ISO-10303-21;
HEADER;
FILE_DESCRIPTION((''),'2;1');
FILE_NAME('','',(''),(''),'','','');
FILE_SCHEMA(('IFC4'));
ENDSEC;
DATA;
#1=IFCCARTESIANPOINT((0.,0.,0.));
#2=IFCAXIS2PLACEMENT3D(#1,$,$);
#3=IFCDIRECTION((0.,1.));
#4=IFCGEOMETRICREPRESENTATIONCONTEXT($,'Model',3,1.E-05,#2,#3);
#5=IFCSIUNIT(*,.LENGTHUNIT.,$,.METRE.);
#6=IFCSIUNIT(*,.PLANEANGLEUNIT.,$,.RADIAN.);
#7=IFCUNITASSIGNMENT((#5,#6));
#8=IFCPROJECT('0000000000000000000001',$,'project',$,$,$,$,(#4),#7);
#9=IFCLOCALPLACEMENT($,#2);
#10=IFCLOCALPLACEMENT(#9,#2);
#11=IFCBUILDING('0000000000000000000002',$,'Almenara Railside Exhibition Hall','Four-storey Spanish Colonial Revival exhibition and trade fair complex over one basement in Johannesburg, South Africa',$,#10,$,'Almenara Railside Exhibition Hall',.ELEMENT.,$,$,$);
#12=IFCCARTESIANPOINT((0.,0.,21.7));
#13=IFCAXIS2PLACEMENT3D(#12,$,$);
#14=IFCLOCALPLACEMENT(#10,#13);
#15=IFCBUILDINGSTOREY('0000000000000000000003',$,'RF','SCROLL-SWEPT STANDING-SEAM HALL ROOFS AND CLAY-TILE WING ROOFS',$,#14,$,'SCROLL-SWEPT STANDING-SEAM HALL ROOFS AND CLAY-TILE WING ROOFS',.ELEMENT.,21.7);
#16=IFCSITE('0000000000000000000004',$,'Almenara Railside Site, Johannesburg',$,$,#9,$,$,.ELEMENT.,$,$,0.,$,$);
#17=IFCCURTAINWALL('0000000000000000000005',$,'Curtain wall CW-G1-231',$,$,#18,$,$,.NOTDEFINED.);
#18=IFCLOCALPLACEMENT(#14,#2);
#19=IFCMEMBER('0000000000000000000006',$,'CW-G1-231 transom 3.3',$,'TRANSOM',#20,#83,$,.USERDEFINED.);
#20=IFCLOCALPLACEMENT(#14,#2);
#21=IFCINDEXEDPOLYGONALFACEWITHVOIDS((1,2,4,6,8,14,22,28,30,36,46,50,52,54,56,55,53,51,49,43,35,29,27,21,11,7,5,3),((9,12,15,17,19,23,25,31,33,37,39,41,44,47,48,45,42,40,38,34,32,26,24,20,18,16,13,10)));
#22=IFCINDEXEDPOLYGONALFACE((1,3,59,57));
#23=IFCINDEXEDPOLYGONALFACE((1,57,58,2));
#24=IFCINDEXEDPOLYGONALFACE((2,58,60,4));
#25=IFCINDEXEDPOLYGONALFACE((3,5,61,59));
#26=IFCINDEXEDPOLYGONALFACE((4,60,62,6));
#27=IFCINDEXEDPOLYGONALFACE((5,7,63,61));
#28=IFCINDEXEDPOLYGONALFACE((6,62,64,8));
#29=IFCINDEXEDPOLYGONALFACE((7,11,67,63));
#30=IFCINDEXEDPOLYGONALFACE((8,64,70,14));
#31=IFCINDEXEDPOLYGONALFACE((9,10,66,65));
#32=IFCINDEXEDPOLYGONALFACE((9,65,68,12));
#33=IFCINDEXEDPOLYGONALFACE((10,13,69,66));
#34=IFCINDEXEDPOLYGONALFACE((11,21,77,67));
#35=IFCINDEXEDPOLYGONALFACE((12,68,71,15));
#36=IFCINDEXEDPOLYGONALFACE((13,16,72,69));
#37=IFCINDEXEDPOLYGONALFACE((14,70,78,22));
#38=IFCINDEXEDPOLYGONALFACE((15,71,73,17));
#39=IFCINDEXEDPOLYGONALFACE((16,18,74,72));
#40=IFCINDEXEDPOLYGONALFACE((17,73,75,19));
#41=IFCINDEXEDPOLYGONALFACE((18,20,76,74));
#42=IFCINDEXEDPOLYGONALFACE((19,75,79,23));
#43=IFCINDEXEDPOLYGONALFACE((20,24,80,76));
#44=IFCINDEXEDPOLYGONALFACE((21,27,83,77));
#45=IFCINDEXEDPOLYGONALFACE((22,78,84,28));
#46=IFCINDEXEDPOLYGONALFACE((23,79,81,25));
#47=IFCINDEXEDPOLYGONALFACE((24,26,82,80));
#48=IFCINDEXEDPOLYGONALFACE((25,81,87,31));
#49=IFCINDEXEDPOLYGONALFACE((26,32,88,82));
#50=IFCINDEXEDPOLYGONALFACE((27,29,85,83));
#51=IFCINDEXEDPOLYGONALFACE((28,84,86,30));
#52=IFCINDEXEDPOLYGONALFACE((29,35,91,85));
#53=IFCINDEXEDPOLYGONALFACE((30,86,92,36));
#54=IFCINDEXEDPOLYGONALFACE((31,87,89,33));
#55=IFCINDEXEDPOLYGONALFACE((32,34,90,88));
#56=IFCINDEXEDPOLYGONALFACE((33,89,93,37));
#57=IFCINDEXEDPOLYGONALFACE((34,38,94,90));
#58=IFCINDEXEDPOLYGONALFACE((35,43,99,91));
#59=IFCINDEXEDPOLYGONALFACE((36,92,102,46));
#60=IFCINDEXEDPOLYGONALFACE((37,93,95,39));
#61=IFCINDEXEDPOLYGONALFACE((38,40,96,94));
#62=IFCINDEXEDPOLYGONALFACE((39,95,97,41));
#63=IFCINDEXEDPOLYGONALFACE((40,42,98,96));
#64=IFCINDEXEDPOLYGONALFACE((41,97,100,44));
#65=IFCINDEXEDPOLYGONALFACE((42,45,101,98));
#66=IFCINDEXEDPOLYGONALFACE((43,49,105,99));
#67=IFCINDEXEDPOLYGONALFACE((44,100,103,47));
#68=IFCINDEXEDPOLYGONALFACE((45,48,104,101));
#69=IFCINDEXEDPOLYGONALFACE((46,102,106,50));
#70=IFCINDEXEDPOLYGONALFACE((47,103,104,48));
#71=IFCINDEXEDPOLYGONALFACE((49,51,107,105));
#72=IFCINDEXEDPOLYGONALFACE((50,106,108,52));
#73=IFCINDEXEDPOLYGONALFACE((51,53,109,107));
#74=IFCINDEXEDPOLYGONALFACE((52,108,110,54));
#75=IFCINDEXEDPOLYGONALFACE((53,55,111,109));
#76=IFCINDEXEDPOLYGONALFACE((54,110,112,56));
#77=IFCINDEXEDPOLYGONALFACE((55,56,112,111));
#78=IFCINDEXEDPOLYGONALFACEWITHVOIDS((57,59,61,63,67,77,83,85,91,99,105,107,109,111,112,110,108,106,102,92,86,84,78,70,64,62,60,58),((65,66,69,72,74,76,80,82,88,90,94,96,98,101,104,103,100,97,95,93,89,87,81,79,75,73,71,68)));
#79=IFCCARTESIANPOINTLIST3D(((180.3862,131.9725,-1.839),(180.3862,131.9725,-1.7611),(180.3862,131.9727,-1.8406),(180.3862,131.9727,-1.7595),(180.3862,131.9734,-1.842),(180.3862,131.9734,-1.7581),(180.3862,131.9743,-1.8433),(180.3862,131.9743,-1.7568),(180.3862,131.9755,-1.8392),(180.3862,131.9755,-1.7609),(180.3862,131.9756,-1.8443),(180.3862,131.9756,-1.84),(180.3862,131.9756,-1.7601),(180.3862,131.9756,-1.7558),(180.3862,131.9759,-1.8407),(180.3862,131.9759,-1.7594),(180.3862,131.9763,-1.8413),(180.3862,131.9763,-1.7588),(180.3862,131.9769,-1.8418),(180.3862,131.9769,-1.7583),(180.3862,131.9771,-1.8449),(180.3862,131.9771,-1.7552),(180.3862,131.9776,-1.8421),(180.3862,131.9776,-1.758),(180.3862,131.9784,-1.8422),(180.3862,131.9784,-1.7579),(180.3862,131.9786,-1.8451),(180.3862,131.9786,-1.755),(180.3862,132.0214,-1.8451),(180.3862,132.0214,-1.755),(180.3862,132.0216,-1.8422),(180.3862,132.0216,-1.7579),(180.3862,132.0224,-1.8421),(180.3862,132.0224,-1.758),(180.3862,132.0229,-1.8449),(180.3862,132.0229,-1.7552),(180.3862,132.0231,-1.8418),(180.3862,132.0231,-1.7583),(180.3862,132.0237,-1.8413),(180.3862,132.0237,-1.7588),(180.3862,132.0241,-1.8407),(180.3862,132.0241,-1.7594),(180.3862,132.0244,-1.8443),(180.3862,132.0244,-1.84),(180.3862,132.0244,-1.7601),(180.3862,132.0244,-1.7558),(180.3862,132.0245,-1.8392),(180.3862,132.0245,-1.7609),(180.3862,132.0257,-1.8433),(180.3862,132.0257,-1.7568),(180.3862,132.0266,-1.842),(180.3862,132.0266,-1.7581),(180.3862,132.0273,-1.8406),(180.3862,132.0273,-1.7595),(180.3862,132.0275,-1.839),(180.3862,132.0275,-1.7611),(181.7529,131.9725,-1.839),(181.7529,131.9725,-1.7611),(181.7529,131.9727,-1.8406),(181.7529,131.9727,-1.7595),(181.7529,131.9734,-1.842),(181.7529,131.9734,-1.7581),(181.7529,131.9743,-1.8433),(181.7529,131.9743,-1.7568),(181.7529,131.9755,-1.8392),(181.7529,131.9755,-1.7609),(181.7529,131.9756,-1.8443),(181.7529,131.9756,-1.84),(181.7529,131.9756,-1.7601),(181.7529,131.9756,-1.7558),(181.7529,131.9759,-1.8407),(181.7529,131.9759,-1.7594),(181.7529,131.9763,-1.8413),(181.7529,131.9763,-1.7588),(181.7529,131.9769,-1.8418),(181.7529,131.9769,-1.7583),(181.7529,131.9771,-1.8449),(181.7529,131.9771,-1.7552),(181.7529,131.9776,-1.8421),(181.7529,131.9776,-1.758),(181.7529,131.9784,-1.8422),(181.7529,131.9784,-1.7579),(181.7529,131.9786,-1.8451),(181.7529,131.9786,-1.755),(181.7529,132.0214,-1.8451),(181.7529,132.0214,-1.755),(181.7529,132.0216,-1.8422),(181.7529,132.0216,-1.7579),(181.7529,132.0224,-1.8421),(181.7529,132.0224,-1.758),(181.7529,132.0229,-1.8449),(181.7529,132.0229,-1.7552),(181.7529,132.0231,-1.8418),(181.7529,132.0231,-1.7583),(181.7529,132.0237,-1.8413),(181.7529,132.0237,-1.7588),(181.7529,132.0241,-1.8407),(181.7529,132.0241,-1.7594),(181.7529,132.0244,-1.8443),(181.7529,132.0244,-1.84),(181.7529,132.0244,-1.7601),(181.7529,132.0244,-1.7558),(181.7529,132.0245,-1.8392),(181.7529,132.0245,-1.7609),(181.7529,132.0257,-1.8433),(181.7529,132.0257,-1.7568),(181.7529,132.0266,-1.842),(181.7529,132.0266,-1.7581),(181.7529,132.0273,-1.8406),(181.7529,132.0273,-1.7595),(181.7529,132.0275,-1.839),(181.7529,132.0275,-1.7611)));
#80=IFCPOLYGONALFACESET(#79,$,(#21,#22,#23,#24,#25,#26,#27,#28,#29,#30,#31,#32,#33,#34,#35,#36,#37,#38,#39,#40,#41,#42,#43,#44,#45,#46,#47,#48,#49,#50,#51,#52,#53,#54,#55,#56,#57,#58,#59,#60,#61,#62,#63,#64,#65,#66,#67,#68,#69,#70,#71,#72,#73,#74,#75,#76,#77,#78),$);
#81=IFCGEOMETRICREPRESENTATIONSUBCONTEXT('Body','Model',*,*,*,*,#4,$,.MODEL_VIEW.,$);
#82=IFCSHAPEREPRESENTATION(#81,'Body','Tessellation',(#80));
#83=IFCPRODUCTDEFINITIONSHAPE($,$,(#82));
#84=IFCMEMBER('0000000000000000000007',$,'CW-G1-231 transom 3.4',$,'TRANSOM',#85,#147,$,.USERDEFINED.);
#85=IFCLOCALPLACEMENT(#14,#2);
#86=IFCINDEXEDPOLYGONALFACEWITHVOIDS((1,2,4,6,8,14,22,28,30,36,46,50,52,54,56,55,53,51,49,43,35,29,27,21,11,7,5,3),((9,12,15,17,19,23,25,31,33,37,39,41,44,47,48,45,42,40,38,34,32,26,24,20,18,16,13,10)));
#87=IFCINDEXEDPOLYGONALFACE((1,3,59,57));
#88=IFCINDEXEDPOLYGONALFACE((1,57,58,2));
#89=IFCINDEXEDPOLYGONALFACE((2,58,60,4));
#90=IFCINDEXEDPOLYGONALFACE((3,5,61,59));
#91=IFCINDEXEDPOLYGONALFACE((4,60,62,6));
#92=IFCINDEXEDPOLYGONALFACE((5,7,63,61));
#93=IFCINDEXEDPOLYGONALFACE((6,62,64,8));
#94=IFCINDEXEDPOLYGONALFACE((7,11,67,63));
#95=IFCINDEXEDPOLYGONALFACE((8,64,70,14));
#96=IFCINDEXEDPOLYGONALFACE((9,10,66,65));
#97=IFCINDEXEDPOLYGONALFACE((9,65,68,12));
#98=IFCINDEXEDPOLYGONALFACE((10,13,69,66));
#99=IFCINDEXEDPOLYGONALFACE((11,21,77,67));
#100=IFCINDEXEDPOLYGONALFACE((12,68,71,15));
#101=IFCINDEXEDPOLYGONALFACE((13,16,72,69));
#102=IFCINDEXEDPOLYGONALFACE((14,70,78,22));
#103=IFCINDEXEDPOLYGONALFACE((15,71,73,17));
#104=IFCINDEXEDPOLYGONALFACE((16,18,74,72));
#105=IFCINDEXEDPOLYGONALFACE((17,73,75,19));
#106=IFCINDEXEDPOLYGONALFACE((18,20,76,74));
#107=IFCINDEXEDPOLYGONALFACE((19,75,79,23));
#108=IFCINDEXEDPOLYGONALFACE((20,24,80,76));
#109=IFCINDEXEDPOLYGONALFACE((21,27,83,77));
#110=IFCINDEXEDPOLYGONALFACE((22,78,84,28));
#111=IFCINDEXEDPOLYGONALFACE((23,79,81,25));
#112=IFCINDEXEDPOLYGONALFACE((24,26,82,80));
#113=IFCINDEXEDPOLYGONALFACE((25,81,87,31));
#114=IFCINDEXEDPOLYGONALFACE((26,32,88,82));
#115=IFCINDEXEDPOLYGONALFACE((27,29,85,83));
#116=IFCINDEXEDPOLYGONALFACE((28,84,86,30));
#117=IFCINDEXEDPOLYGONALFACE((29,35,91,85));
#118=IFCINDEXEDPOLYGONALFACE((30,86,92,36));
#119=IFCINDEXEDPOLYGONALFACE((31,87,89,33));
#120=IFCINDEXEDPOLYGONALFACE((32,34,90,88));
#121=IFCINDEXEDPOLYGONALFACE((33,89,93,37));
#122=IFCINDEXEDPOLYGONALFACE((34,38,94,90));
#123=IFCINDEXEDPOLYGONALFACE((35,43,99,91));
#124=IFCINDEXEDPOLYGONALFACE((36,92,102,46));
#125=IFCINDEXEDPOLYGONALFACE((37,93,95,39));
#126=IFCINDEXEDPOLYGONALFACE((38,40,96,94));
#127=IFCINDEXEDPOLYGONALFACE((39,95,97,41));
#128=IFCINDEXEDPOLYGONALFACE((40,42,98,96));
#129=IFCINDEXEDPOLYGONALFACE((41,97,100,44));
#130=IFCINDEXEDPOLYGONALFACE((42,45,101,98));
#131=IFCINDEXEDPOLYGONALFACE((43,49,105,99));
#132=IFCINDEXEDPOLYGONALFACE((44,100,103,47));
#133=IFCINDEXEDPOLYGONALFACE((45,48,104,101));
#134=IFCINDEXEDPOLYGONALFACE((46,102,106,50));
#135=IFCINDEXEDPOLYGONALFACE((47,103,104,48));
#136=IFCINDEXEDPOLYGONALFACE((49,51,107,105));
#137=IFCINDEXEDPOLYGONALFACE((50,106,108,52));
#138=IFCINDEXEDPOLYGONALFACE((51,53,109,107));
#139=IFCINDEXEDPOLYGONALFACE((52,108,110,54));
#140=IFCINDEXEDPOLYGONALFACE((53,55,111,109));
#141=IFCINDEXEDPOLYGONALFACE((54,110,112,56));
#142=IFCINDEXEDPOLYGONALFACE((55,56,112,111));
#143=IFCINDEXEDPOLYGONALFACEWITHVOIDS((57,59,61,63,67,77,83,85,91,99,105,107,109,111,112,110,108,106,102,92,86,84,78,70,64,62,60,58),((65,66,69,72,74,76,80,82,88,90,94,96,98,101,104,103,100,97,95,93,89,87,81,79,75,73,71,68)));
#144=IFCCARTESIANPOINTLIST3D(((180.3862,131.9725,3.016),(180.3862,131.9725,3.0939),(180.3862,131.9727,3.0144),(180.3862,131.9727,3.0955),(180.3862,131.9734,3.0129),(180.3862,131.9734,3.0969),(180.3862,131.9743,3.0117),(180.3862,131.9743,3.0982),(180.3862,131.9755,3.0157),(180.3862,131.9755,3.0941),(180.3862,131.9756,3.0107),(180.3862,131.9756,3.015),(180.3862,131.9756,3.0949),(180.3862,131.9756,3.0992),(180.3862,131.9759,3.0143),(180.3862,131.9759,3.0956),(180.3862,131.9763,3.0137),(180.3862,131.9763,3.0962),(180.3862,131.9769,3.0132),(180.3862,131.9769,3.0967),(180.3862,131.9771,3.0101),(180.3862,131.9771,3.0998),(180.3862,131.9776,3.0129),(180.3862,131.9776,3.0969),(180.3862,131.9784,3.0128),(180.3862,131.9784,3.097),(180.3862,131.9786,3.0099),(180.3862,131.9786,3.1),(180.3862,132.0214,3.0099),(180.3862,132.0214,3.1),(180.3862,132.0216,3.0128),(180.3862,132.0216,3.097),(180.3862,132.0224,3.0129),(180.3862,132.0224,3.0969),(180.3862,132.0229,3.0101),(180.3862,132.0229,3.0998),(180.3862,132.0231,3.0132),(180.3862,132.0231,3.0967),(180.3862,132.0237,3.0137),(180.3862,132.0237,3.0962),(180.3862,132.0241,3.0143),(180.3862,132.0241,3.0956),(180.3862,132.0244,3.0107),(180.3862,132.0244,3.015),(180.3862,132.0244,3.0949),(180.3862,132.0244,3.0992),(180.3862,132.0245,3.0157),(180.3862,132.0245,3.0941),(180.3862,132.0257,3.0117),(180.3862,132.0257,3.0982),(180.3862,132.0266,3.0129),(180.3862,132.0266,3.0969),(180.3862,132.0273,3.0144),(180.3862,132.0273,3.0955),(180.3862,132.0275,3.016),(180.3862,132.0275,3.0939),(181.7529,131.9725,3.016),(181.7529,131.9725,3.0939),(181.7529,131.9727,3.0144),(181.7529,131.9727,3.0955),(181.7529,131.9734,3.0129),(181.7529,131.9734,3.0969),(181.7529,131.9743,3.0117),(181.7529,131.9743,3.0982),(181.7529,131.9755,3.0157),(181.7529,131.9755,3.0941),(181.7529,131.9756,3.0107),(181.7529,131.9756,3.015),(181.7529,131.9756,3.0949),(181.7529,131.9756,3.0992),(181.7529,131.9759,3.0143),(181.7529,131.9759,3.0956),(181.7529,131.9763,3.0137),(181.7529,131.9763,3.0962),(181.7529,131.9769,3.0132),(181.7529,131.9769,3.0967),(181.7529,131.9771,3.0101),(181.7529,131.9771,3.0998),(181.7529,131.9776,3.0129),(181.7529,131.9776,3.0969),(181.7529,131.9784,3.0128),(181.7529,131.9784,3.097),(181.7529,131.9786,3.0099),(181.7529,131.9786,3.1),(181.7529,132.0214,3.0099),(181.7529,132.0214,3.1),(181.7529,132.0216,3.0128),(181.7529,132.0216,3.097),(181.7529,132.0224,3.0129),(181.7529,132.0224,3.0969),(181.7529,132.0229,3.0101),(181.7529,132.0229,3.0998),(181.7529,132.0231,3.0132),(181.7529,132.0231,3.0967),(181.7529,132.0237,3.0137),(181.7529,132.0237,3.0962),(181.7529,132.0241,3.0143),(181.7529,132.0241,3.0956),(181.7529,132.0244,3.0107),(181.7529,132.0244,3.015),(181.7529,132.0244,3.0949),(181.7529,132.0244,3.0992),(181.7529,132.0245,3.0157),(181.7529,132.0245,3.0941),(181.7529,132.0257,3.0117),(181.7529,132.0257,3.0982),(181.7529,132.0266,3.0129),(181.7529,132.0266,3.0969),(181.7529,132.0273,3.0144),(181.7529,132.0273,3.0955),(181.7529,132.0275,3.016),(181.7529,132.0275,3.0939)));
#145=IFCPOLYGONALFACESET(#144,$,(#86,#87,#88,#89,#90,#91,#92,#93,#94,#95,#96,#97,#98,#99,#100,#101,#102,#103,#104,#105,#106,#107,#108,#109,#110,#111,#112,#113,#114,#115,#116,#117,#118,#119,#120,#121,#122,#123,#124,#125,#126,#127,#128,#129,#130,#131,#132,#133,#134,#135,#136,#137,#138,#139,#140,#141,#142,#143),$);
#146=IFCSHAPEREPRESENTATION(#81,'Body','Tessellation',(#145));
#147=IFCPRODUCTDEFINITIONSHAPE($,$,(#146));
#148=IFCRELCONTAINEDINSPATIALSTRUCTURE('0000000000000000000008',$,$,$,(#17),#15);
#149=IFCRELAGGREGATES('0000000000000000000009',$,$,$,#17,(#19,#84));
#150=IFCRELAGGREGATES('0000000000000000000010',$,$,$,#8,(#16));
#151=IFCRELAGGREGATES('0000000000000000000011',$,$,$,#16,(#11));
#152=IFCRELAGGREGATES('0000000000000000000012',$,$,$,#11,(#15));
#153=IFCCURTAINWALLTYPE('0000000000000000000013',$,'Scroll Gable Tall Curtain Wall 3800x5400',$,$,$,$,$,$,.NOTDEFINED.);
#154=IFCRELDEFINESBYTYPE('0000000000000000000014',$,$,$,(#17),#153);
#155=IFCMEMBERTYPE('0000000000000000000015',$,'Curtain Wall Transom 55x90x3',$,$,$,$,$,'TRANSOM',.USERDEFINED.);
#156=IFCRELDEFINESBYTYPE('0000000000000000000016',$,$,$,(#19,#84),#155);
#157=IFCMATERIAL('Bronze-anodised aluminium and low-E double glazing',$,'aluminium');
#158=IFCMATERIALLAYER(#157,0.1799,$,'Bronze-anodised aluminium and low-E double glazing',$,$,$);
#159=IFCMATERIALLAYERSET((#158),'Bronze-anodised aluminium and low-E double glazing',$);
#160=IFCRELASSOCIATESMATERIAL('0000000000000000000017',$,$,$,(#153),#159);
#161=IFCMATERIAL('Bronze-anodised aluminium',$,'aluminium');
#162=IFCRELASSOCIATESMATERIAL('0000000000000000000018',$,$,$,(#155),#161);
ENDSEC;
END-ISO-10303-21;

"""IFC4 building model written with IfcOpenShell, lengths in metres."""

from ifc_helpers import new_model, si_unit, direction, frame, origin, origin_2d, place, context, subcontext, project, spatial, hollow_rectangle, extrude, material, layer, layer_set, material_profile, profile_set, type_object, element, aggregate, save


model = new_model("IFC4")

# Units and contexts
model_context = context("Model", 3, precision=1e-05, world=origin(), true_north=direction((0.0, 1.0)))
body_context = subcontext(model_context, "Body", "Model", "MODEL_VIEW")
ifc_project = project(units=[si_unit("LENGTHUNIT", "METRE"), si_unit("PLANEANGLEUNIT", "RADIAN")], contexts=[model_context])

# Site, building, storey
site_placement = place(None, origin())
site = spatial("IfcSite", under=ifc_project, at=site_placement, Name="Almenara Railside Site, Johannesburg", CompositionType="ELEMENT", RefElevation=0.0)
building_placement = place(site_placement, origin())
building = spatial("IfcBuilding", under=site, at=building_placement, Name="Almenara Railside Exhibition Hall", Description="Four-storey Spanish Colonial Revival exhibition and trade fair complex over one basement in Johannesburg, South Africa", LongName="Almenara Railside Exhibition Hall", CompositionType="ELEMENT")
storey_placement = place(building_placement, frame((0.0, 0.0, 21.7)))
storey = spatial("IfcBuildingStorey", under=building, at=storey_placement, Name="RF", Description="SCROLL-SWEPT STANDING-SEAM HALL ROOFS AND CLAY-TILE WING ROOFS", LongName="SCROLL-SWEPT STANDING-SEAM HALL ROOFS AND CLAY-TILE WING ROOFS", CompositionType="ELEMENT", Elevation=21.7)

# Curtain wall
ifc_material_1 = material(Name="Bronze-anodised aluminium and low-E double glazing", Category="aluminium")
ifc_layer_1 = layer(ifc_material_1, 0.1799, Name="Bronze-anodised aluminium and low-E double glazing")
ifc_layer_set_1 = layer_set([ifc_layer_1], Name="Bronze-anodised aluminium and low-E double glazing")
curtain_wall_type_1 = type_object("IfcCurtainWallType", Name="Scroll Gable Tall Curtain Wall 3800x5400", PredefinedType="NOTDEFINED", material=ifc_layer_set_1)
curtain_wall_1_placement = place(storey_placement, origin())
curtain_wall_1 = element("IfcCurtainWall", 1, at=curtain_wall_1_placement, inside=storey, type_object=curtain_wall_type_1, Name="Curtain wall CW-G1-231", PredefinedType="NOTDEFINED")
ifc_material_2 = material(Name="Bronze-anodised aluminium", Category="aluminium")

# Members
ifc_material_profile_1 = material_profile(ifc_material_2, hollow_rectangle(XDim=0.0549, YDim=0.0901, WallThickness=0.0029, InnerFilletRadius=0.0029, OuterFilletRadius=0.0061, at=origin_2d()), Name="ALU-TRN 55x90x3")
ifc_profile_set_1 = profile_set([ifc_material_profile_1], Name="Bronze-anodised aluminium")
member_type_1 = type_object("IfcMemberType", Name="Curtain Wall Transom 55x90x3", ElementType="TRANSOM", PredefinedType="USERDEFINED", material=ifc_profile_set_1)
member_1_placement = place(storey_placement, frame((180.3862, 132.0, -1.8), z_axis=(1.0, 0.0, 0.0), x_axis=(0.0, 1.0, 0.0)))
member_1 = element("IfcMember", 2, at=member_1_placement, type_object=member_type_1, Name="CW-G1-231 transom 3.3", ObjectType="TRANSOM", PredefinedType="USERDEFINED", context=body_context, shape_type="SweptSolid", body=[
    extrude(hollow_rectangle(XDim=0.0549, YDim=0.0901, WallThickness=0.0029, InnerFilletRadius=0.0029, OuterFilletRadius=0.0061, at=origin_2d()), origin(), (0.0, 0.0, 1.0), 1.3667),
])
member_2_placement = place(storey_placement, frame((180.3862, 132.0, 3.0549), z_axis=(1.0, 0.0, 0.0), x_axis=(0.0, 1.0, 0.0)))
member_2 = element("IfcMember", 3, at=member_2_placement, type_object=member_type_1, Name="CW-G1-231 transom 3.4", ObjectType="TRANSOM", PredefinedType="USERDEFINED", context=body_context, shape_type="SweptSolid", body=[
    extrude(hollow_rectangle(XDim=0.0549, YDim=0.0901, WallThickness=0.0029, InnerFilletRadius=0.0029, OuterFilletRadius=0.0061, at=origin_2d()), origin(), (0.0, 0.0, 1.0), 1.3667),
])

aggregate(curtain_wall_1, [member_1, member_2])

save(model, "model.ifc")
